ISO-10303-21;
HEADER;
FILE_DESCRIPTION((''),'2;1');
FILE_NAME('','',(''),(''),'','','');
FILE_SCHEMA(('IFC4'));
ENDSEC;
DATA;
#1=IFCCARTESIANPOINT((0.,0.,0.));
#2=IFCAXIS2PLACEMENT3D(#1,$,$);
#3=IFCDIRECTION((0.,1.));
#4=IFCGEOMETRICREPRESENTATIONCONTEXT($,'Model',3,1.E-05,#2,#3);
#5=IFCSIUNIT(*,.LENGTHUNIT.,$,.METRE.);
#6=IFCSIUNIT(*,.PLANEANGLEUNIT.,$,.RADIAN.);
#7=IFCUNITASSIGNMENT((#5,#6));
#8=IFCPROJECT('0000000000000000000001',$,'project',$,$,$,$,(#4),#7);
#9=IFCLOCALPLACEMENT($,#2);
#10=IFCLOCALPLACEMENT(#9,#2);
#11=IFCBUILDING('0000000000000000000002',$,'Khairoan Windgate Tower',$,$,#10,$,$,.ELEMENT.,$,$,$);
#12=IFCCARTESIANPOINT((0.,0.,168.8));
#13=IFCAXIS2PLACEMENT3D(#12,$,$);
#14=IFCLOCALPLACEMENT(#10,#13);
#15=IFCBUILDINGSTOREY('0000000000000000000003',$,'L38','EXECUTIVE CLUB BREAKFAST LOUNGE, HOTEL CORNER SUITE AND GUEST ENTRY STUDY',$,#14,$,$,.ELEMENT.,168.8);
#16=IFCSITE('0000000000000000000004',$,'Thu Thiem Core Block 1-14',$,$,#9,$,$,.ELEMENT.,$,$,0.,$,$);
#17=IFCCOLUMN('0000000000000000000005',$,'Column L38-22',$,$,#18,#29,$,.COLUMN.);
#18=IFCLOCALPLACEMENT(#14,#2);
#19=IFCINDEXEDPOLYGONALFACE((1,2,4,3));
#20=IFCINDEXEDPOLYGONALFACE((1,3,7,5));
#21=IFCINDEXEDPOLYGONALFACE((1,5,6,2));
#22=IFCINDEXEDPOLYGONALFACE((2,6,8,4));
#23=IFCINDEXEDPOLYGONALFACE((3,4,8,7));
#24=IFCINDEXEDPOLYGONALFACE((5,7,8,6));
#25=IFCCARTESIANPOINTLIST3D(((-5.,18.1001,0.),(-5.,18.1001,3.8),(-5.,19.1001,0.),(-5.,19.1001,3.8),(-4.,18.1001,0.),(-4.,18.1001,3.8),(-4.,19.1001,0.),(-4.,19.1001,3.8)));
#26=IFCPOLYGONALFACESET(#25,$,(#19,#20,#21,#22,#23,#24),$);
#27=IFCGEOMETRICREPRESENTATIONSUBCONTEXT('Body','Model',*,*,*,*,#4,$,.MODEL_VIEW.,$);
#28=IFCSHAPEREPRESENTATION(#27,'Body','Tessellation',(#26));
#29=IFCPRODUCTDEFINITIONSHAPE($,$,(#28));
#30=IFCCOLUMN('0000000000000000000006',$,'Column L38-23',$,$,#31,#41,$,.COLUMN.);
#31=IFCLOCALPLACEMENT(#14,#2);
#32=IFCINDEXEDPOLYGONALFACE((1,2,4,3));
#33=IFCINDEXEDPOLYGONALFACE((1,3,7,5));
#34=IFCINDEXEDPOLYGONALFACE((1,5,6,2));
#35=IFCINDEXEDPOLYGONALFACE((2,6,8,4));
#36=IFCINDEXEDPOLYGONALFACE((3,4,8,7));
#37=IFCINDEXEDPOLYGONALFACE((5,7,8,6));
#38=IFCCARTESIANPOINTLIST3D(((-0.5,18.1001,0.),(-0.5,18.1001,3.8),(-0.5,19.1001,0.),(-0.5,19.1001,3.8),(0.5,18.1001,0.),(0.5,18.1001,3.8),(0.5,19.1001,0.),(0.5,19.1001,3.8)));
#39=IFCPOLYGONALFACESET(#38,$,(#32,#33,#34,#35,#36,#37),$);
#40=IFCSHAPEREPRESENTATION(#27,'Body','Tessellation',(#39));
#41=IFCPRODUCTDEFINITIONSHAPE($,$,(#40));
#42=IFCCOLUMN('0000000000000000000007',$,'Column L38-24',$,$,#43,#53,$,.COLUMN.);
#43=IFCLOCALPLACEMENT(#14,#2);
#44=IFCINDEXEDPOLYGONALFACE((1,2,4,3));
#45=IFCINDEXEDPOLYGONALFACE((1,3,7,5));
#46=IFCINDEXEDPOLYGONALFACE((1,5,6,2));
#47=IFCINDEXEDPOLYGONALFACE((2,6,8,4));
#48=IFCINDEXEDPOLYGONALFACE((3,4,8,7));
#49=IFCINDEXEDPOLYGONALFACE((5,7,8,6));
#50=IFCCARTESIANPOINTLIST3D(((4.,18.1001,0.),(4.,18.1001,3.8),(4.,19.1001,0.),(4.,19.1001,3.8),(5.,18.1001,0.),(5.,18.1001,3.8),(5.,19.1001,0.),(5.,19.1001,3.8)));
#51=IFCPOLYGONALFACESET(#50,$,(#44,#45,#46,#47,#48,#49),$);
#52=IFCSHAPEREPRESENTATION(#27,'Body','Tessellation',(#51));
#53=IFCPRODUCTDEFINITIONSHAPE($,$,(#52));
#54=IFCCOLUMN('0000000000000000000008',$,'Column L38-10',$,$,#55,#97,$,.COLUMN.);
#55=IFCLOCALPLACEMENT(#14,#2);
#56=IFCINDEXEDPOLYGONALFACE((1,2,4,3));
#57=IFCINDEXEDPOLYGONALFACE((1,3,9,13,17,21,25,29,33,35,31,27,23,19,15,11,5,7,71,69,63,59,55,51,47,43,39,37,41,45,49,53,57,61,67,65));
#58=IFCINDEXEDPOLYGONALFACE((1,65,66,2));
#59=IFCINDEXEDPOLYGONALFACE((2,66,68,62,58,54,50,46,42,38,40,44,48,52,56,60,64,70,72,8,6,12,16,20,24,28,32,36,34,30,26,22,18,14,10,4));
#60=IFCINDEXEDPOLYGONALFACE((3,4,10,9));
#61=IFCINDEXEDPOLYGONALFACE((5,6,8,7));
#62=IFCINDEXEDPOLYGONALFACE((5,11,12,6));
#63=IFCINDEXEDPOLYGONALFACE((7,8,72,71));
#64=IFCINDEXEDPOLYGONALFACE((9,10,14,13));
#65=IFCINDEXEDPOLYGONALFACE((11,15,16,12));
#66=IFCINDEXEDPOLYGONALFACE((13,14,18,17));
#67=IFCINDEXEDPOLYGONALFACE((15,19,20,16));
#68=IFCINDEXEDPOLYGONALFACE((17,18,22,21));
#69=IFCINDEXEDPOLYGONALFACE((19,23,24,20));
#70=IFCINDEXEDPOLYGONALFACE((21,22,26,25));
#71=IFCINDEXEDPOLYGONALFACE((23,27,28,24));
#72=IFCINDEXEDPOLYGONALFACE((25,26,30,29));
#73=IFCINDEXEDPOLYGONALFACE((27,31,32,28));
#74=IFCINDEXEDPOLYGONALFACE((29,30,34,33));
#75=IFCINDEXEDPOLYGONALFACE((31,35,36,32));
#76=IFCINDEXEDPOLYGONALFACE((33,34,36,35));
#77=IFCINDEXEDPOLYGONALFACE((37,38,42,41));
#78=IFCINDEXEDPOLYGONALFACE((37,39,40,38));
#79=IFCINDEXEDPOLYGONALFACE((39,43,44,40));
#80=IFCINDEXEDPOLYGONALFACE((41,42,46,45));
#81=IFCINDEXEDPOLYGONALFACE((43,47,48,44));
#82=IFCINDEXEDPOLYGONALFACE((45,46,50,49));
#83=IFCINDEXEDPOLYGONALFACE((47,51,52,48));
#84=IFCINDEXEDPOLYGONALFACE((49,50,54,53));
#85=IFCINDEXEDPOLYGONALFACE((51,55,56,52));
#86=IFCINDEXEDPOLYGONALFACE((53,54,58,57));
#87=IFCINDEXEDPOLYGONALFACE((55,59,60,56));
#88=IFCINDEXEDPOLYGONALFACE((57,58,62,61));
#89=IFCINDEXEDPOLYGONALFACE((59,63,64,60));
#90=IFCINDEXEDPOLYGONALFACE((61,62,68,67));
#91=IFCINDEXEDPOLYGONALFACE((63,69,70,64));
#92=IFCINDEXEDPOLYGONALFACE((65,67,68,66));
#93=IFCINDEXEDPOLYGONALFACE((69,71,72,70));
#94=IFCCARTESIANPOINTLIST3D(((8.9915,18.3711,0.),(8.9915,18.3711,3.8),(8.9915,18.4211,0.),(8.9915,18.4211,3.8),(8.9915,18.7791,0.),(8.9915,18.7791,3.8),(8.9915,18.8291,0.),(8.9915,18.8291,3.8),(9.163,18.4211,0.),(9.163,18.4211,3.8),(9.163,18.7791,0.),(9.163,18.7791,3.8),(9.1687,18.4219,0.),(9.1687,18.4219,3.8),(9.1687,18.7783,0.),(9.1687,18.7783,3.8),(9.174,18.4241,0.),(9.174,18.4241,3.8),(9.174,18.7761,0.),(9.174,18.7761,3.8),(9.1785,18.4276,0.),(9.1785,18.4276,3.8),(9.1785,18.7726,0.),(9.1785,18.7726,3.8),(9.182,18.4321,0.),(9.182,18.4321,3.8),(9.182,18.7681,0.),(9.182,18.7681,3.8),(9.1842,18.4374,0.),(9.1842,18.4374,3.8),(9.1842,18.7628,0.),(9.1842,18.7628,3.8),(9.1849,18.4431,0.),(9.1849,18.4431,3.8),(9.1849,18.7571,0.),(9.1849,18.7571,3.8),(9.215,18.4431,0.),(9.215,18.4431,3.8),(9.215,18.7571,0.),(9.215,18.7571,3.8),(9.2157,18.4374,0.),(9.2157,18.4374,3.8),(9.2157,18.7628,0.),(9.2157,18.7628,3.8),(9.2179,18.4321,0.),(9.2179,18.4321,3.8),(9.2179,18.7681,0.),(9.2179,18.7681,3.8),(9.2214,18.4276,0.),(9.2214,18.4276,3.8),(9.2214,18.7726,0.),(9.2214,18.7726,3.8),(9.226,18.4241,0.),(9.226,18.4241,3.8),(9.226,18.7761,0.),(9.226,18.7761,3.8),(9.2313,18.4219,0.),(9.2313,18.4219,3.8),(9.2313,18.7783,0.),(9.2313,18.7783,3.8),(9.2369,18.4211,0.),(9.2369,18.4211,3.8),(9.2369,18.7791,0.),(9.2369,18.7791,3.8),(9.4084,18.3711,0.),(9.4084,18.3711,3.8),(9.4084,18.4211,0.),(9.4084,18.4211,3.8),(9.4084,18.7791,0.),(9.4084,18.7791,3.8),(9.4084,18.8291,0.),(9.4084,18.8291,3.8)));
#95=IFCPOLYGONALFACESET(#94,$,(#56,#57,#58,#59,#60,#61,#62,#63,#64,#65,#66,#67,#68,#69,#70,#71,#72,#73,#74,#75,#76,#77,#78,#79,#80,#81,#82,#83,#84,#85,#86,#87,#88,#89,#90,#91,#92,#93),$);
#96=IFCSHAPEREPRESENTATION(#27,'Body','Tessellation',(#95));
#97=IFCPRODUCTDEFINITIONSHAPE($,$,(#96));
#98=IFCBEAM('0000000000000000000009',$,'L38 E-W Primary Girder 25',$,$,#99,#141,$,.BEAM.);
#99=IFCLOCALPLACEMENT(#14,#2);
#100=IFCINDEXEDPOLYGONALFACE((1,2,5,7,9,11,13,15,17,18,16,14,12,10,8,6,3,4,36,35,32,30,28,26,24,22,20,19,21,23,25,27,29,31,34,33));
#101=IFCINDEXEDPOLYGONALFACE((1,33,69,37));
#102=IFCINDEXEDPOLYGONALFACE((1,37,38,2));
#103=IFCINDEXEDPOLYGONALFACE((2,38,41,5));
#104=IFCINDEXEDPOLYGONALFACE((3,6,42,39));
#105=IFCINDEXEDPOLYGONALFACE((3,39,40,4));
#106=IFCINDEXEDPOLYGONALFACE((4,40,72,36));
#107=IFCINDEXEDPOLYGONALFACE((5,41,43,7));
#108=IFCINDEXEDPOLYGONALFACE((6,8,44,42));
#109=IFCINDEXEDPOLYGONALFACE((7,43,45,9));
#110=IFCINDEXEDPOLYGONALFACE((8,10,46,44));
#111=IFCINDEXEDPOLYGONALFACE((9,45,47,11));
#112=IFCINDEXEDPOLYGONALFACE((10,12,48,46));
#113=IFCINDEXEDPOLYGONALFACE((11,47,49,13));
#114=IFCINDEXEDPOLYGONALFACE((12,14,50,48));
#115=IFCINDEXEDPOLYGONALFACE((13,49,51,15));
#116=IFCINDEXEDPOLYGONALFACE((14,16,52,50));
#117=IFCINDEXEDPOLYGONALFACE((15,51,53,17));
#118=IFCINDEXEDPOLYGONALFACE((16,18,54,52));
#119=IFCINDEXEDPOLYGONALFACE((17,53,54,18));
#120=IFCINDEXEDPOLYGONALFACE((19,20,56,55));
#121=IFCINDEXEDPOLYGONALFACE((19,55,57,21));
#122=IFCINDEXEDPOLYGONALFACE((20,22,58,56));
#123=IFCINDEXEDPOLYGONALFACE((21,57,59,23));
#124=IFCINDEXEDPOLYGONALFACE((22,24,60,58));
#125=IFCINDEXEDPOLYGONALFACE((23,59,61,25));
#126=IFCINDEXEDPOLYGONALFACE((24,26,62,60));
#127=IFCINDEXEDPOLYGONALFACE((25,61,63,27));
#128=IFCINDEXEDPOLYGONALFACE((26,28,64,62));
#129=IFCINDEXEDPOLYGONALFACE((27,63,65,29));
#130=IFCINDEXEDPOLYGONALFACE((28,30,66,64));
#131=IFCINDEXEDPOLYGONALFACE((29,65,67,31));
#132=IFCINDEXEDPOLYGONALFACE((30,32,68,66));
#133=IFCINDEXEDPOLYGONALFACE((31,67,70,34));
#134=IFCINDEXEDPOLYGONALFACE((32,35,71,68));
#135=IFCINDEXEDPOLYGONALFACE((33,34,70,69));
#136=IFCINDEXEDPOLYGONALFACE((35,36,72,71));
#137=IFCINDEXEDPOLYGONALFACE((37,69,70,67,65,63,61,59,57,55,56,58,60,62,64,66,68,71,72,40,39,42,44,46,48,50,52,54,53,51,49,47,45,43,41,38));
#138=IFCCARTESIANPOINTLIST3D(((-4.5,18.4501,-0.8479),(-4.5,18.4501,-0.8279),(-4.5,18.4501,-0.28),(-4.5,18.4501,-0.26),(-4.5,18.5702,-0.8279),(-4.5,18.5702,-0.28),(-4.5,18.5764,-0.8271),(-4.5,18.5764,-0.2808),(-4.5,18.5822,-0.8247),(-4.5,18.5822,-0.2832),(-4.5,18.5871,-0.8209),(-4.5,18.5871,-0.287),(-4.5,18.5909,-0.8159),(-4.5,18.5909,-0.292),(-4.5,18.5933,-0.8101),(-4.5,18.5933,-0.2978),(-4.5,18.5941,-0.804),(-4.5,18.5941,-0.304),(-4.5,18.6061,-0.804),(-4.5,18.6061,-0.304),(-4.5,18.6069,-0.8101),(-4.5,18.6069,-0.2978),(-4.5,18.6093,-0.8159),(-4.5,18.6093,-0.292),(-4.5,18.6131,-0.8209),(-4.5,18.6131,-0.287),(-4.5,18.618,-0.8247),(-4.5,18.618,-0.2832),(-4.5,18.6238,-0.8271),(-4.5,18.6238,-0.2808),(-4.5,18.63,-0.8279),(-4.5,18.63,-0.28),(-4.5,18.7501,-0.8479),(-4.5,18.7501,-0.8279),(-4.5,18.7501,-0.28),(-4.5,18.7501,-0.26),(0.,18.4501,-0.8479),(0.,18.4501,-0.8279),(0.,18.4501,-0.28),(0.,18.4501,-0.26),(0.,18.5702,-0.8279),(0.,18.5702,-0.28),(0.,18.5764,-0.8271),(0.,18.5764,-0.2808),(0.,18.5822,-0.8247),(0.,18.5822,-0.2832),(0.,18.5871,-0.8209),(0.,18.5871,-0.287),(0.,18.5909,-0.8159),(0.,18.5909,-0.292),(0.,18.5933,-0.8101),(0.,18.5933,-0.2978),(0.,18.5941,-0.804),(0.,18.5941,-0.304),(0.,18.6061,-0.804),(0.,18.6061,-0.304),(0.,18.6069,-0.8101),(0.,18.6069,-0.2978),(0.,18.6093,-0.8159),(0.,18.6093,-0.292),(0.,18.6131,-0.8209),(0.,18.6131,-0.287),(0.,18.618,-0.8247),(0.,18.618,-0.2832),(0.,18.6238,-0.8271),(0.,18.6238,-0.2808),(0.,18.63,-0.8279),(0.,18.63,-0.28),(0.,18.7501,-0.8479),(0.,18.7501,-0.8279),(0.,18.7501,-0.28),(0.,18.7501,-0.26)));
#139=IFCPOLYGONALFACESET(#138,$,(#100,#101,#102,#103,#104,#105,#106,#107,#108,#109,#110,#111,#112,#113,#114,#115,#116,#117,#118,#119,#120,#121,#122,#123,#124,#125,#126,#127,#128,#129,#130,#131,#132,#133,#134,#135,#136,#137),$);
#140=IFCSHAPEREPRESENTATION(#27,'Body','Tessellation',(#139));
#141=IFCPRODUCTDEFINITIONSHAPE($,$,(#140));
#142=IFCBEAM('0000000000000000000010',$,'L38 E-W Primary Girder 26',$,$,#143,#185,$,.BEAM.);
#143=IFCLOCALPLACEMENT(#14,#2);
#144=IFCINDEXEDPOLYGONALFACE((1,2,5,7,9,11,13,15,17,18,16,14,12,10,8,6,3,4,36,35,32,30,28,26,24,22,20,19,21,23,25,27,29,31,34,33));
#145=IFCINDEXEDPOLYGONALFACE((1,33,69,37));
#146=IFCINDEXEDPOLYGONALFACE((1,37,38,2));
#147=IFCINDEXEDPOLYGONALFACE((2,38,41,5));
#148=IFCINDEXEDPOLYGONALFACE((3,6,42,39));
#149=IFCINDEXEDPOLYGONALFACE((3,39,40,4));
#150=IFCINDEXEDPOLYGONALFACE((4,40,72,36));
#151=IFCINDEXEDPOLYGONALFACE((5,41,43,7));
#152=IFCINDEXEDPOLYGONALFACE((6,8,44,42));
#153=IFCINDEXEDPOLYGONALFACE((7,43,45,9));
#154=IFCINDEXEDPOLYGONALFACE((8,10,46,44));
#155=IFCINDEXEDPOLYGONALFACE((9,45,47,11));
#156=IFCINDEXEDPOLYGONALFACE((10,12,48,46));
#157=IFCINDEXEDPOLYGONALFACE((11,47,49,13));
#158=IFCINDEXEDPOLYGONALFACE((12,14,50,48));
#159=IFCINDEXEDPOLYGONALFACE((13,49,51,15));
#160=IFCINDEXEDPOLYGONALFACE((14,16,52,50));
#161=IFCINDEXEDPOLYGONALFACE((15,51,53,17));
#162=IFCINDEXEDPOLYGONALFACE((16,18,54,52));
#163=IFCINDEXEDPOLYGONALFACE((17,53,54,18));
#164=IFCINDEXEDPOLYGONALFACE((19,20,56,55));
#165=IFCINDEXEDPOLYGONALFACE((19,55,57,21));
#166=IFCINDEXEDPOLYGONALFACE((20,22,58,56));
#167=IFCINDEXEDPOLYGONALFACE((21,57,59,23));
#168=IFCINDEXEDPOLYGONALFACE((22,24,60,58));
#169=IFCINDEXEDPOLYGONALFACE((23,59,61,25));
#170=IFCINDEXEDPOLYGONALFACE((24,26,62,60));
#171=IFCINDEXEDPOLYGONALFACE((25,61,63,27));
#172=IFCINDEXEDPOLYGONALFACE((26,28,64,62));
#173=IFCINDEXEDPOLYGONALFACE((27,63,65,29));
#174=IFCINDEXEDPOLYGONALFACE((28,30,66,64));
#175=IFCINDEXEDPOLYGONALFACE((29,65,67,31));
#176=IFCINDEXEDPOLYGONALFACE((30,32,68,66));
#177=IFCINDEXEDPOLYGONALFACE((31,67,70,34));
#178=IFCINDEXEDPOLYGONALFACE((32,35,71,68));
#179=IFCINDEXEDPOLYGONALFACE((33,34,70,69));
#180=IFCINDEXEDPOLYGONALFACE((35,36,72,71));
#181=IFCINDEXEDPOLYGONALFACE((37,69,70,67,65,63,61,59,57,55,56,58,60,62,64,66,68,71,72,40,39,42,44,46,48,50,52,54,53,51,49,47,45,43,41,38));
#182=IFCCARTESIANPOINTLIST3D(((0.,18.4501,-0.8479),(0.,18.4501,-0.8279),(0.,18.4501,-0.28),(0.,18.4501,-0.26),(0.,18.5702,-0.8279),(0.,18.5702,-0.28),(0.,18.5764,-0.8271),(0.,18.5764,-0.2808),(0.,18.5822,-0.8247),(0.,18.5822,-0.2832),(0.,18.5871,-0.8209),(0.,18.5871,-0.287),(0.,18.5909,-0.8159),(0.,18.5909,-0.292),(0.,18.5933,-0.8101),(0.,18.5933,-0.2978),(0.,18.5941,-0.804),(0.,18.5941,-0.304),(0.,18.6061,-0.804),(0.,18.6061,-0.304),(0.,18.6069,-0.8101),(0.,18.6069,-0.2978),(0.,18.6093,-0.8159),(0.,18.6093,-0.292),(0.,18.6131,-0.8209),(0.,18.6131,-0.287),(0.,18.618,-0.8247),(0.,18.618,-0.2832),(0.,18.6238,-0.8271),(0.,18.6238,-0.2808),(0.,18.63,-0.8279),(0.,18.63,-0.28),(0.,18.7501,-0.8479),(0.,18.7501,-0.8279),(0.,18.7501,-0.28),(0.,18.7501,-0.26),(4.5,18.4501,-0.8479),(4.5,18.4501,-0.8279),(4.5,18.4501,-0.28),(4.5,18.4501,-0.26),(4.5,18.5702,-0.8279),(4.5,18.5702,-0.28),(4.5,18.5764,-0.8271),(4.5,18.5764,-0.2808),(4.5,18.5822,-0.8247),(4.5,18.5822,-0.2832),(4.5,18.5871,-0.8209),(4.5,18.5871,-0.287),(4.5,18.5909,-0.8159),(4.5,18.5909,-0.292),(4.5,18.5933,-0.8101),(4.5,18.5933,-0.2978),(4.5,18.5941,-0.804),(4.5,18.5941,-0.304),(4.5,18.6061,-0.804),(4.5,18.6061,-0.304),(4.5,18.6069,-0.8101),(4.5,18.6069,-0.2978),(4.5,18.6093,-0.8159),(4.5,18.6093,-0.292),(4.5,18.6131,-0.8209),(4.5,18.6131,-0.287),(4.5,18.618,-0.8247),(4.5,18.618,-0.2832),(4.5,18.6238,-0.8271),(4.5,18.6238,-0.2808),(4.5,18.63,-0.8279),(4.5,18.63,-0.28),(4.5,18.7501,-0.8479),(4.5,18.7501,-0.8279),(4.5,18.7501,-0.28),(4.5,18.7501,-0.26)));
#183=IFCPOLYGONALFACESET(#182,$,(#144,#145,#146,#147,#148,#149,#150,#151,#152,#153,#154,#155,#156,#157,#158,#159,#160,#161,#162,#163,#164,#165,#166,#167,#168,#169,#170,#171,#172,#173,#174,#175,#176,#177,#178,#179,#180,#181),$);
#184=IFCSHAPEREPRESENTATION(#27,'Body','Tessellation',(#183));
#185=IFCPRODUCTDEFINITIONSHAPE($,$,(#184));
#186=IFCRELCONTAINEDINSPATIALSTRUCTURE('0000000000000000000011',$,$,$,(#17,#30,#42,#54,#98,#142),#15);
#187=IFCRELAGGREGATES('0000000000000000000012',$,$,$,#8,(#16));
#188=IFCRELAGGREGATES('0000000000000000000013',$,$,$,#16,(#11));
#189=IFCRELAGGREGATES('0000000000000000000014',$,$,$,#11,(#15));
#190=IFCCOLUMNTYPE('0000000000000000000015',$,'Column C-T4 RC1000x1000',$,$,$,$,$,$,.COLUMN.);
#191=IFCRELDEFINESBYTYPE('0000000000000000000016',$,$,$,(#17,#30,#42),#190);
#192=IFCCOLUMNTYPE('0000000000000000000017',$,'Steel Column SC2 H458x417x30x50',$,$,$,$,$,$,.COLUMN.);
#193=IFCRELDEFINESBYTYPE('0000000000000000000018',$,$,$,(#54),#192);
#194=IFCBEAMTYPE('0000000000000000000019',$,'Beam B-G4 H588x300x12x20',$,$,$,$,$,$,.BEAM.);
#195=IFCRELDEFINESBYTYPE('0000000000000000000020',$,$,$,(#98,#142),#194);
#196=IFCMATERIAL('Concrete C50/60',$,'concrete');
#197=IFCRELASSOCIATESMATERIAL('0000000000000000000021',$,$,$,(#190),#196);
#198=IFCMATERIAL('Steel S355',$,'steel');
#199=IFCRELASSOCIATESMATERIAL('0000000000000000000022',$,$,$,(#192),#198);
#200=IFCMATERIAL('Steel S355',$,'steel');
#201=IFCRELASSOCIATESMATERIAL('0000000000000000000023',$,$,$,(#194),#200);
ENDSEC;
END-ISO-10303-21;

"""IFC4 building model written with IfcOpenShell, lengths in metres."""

from ifc_helpers import new_model, si_unit, direction, frame, origin, origin_2d, place, context, subcontext, project, spatial, rectangle, i_section, extrude, material, material_profile, profile_set, type_object, element, save


model = new_model("IFC4")

# Units and contexts
model_context = context("Model", 3, precision=1e-05, world=origin(), true_north=direction((0.0, 1.0)))
body_context = subcontext(model_context, "Body", "Model", "MODEL_VIEW")
ifc_project = project(units=[si_unit("LENGTHUNIT", "METRE"), si_unit("PLANEANGLEUNIT", "RADIAN")], contexts=[model_context])

# Site, building, storey
site_placement = place(None, origin())
site = spatial("IfcSite", under=ifc_project, at=site_placement, Name="Thu Thiem Core Block 1-14", CompositionType="ELEMENT", RefElevation=0.0)
building_placement = place(site_placement, origin())
building = spatial("IfcBuilding", under=site, at=building_placement, Name="Khairoan Windgate Tower", CompositionType="ELEMENT")
storey_placement = place(building_placement, frame((0.0, 0.0, 168.8)))
storey = spatial("IfcBuildingStorey", under=building, at=storey_placement, Name="L38", Description="EXECUTIVE CLUB BREAKFAST LOUNGE, HOTEL CORNER SUITE AND GUEST ENTRY STUDY", CompositionType="ELEMENT", Elevation=168.8)

# Columns
ifc_material_1 = material(Name="Concrete C50/60", Category="concrete")
ifc_material_profile_1 = material_profile(ifc_material_1, rectangle(XDim=1.0, YDim=1.0, at=origin_2d()))
ifc_profile_set_1 = profile_set([ifc_material_profile_1], Name="Concrete C50/60")
column_type_1 = type_object("IfcColumnType", Name="Column C-T4 RC1000x1000", PredefinedType="COLUMN", material=ifc_profile_set_1)
for number, where, z_axis, x_axis, name in (
    (1, (-4.5, 18.6001, 0.0), (0.0, 0.0, 1.0), (1.0, 0.0, 0.0), "Column L38-22"),
    (2, (0.0, 18.6001, 0.0), (0.0, 0.0, 1.0), (1.0, 0.0, 0.0), "Column L38-23"),
    (3, (4.5, 18.6001, 0.0), (0.0, 0.0, 1.0), (1.0, 0.0, 0.0), "Column L38-24"),
):
    element("IfcColumn", number, at=place(storey_placement, frame(where, z_axis=z_axis, x_axis=x_axis)), inside=storey, type_object=column_type_1, Name=name, PredefinedType="COLUMN", context=body_context, shape_type="SweptSolid", body=[
        extrude(rectangle(XDim=1.0, YDim=1.0, at=origin_2d()), origin(), (0.0, 0.0, 1.0), 3.8),
    ])
ifc_material_2 = material(Name="Steel S355", Category="steel")
ifc_material_profile_2 = material_profile(ifc_material_2, i_section(OverallWidth=0.417, OverallDepth=0.458, WebThickness=0.03, FlangeThickness=0.05, FilletRadius=0.022, at=origin_2d()))
ifc_profile_set_2 = profile_set([ifc_material_profile_2], Name="Steel S355")
column_type_2 = type_object("IfcColumnType", Name="Steel Column SC2 H458x417x30x50", PredefinedType="COLUMN", material=ifc_profile_set_2)
column_placement = place(storey_placement, frame((9.2, 18.6001, 0.0), z_axis=(0.0, 0.0, 1.0), x_axis=(1.0, 0.0, 0.0)))
element("IfcColumn", 4, at=column_placement, inside=storey, type_object=column_type_2, Name="Column L38-10", PredefinedType="COLUMN", context=body_context, shape_type="SweptSolid", body=[
    extrude(i_section(OverallWidth=0.417, OverallDepth=0.458, WebThickness=0.03, FlangeThickness=0.05, FilletRadius=0.022, at=origin_2d()), origin(), (0.0, 0.0, 1.0), 3.8),
])

# Beams
ifc_material_3 = material(Name="Steel S355", Category="steel")
ifc_material_profile_3 = material_profile(ifc_material_3, i_section(OverallWidth=0.3, OverallDepth=0.5879, WebThickness=0.012, FlangeThickness=0.02, FilletRadius=0.0239, at=origin_2d()))
ifc_profile_set_3 = profile_set([ifc_material_profile_3], Name="Steel S355")
beam_type = type_object("IfcBeamType", Name="Beam B-G4 H588x300x12x20", PredefinedType="BEAM", material=ifc_profile_set_3)
for number, where, z_axis, x_axis, name in (
    (5, (-4.5, 18.6001, -0.554), (1.0, 0.0, 0.0), (0.0, 1.0, 0.0), "L38 E-W Primary Girder 25"),
    (6, (0.0, 18.6001, -0.554), (1.0, 0.0, 0.0), (0.0, 1.0, 0.0), "L38 E-W Primary Girder 26"),
):
    element("IfcBeam", number, at=place(storey_placement, frame(where, z_axis=z_axis, x_axis=x_axis)), inside=storey, type_object=beam_type, Name=name, PredefinedType="BEAM", context=body_context, shape_type="SweptSolid", body=[
        extrude(i_section(OverallWidth=0.3, OverallDepth=0.5879, WebThickness=0.012, FlangeThickness=0.02, FilletRadius=0.0239, at=origin_2d()), origin(), (0.0, 0.0, 1.0), 4.5),
    ])

save(model, "model.ifc")
